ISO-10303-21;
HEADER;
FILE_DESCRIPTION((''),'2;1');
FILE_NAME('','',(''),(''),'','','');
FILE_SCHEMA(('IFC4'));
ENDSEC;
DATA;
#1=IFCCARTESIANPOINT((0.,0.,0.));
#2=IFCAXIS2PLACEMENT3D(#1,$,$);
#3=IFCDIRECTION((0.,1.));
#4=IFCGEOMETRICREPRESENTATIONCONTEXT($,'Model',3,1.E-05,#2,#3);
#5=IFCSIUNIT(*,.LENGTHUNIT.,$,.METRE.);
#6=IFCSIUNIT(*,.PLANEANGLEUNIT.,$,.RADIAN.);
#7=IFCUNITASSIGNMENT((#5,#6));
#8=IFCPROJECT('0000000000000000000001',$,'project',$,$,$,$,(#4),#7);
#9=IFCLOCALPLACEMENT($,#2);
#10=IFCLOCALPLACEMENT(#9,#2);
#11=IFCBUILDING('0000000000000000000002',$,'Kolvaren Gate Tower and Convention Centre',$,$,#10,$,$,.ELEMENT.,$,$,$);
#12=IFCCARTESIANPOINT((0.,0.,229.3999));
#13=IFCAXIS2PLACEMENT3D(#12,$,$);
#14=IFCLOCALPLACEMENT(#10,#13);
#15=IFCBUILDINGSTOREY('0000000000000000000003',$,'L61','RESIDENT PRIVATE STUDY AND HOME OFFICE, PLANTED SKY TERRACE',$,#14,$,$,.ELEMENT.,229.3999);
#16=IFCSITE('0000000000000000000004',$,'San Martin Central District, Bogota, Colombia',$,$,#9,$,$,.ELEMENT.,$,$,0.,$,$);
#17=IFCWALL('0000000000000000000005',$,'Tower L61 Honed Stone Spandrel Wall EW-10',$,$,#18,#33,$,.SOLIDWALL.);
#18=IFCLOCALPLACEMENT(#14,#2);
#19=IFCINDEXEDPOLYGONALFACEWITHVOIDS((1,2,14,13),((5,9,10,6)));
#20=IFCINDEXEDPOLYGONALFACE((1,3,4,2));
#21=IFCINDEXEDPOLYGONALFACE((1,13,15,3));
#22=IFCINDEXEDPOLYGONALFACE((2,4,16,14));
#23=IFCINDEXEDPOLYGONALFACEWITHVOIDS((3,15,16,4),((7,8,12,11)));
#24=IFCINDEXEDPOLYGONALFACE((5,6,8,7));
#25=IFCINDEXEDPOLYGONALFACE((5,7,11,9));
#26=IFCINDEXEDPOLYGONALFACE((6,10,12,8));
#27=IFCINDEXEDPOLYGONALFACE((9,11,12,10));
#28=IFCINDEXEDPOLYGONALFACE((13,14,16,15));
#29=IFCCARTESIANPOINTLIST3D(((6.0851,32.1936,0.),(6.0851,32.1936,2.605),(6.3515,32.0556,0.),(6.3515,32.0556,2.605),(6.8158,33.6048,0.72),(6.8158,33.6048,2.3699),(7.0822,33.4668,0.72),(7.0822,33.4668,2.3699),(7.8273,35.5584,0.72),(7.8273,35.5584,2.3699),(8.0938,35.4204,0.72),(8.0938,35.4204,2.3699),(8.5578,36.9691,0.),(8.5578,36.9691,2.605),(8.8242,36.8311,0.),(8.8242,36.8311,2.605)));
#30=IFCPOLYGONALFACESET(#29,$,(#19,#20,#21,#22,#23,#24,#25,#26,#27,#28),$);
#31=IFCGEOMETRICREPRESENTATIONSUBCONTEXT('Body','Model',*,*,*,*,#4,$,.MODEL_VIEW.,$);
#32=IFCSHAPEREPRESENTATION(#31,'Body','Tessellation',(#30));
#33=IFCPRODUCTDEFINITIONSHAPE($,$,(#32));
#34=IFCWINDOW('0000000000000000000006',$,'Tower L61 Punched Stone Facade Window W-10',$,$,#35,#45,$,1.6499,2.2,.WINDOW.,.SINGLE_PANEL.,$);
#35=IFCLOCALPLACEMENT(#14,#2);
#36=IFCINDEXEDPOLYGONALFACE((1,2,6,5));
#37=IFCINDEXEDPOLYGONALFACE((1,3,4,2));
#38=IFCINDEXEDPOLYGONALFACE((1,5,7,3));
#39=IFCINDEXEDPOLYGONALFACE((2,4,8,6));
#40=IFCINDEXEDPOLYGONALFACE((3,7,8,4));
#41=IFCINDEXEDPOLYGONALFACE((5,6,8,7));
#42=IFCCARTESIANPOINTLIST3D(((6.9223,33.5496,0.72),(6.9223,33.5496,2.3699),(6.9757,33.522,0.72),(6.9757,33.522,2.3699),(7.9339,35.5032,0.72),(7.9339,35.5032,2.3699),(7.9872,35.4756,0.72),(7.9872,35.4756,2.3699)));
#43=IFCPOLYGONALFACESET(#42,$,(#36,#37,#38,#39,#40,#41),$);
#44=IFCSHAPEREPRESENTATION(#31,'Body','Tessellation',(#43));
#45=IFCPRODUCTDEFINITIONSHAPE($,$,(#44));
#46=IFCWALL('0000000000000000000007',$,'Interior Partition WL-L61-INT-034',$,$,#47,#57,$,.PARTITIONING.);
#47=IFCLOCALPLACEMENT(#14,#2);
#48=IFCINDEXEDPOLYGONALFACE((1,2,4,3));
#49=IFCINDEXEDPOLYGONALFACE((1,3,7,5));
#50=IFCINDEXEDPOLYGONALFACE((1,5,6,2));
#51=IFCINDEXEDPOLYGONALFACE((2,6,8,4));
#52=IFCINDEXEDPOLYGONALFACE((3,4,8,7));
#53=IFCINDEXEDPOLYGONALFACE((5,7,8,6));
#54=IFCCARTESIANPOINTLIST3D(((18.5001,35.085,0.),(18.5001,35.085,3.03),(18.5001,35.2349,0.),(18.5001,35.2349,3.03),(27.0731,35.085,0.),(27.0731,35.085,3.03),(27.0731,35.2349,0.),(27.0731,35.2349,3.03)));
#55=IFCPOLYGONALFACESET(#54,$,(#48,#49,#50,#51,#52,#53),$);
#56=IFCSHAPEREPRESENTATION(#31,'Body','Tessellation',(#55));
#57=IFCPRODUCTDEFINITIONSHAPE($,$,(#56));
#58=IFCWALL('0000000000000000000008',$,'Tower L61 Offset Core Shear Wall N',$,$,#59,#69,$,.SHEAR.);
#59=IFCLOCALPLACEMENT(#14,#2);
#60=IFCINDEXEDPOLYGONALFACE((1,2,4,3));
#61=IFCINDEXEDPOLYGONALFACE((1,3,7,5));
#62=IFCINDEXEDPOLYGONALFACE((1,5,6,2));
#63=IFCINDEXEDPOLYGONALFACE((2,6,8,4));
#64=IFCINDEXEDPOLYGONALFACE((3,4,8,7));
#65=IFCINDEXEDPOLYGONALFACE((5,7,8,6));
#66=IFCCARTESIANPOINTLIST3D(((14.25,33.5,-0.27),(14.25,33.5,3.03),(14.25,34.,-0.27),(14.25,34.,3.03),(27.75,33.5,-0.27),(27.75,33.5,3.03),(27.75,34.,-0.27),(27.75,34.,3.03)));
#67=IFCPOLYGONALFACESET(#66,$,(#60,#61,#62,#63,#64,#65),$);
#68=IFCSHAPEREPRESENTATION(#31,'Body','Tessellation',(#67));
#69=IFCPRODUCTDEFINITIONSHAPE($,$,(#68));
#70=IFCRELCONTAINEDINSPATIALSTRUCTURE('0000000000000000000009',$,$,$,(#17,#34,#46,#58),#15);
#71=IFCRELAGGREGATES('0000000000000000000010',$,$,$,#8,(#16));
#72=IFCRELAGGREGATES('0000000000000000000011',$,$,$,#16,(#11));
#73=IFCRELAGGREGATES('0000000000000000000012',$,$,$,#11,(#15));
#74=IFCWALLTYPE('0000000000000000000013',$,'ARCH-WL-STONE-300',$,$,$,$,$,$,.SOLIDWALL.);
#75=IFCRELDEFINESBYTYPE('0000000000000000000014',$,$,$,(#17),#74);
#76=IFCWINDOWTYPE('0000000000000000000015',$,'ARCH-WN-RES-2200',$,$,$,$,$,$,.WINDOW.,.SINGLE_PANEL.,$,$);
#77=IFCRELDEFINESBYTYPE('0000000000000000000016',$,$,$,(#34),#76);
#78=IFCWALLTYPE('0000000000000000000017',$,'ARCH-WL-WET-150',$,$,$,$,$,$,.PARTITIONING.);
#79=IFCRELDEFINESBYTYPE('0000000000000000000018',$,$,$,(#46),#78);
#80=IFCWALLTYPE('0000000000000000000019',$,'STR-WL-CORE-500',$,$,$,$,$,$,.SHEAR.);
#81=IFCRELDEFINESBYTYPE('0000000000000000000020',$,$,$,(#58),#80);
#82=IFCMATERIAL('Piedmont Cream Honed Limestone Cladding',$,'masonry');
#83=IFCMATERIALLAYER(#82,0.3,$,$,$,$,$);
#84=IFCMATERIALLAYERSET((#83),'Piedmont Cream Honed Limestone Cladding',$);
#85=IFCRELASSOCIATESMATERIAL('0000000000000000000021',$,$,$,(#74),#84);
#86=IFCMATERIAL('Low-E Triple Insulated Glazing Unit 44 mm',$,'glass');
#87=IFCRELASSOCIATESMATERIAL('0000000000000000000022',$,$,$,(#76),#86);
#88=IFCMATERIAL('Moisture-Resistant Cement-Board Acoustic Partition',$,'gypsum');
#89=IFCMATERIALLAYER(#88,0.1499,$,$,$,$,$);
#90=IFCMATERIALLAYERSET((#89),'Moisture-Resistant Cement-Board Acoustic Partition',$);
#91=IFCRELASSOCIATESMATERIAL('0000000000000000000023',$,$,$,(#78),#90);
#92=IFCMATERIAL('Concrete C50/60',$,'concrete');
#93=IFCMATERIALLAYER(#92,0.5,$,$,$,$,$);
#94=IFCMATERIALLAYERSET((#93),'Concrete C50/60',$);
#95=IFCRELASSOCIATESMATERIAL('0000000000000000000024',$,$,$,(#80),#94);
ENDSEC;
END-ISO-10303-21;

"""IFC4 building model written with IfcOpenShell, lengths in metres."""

from ifc_helpers import new_model, si_unit, direction, frame, frame_2d, origin, place, context, subcontext, project, spatial, rectangle, extrude, material, layer, layer_set, type_object, element, fill, save


model = new_model("IFC4")

# Units and contexts
model_context = context("Model", 3, precision=1e-05, world=origin(), true_north=direction((0.0, 1.0)))
body_context = subcontext(model_context, "Body", "Model", "MODEL_VIEW")
ifc_project = project(units=[si_unit("LENGTHUNIT", "METRE"), si_unit("PLANEANGLEUNIT", "RADIAN")], contexts=[model_context])

# Site, building, storey
site_placement = place(None, origin())
site = spatial("IfcSite", under=ifc_project, at=site_placement, Name="San Martin Central District, Bogota, Colombia", CompositionType="ELEMENT", RefElevation=0.0)
building_placement = place(site_placement, origin())
building = spatial("IfcBuilding", under=site, at=building_placement, Name="Kolvaren Gate Tower and Convention Centre", CompositionType="ELEMENT")
storey_placement = place(building_placement, frame((0.0, 0.0, 229.3999)))
storey = spatial("IfcBuildingStorey", under=building, at=storey_placement, Name="L61", Description="RESIDENT PRIVATE STUDY AND HOME OFFICE, PLANTED SKY TERRACE", CompositionType="ELEMENT", Elevation=229.3999)

# Shared definitions
ifc_material_1 = material(Name="Piedmont Cream Honed Limestone Cladding", Category="masonry")

# Shared definitions
ifc_layer_1 = layer(ifc_material_1, 0.3)
ifc_layer_set_1 = layer_set([ifc_layer_1], Name="Piedmont Cream Honed Limestone Cladding")
wall_type_1 = type_object("IfcWallType", Name="ARCH-WL-STONE-300", PredefinedType="SOLIDWALL", material=ifc_layer_set_1)
ifc_material_2 = material(Name="Low-E Triple Insulated Glazing Unit 44 mm", Category="glass")
window_type = type_object("IfcWindowType", Name="ARCH-WN-RES-2200", PartitioningType="SINGLE_PANEL", PredefinedType="WINDOW", material=ifc_material_2)

# Wall, opening, window
wall_1_placement = place(storey_placement, frame((6.2183, 32.1245, 0.0), z_axis=(0.0, 0.0, 1.0), x_axis=(0.459808, 0.888018, 0.0)))
wall_1 = element("IfcWall", 1, at=wall_1_placement, inside=storey, type_object=wall_type_1, Name="Tower L61 Honed Stone Spandrel Wall EW-10", PredefinedType="SOLIDWALL", context=body_context, shape_type="SweptSolid", body=[
    extrude(rectangle(XDim=5.3777, YDim=0.3, at=frame_2d((2.689, 0.0))), origin(), (0.0, 0.0, 1.0), 2.605),
])
opening_1_placement = place(wall_1_placement, frame((1.5891, 0.0, 0.72)))
opening_1 = element("IfcOpeningElement", 2, at=opening_1_placement, cuts=wall_1, PredefinedType="OPENING", context=body_context, shape_type="SweptSolid", body=[
    extrude(rectangle(XDim=2.2, YDim=1.6499, at=frame_2d((1.1001, 0.825))), frame((0.0, 0.1599, 0.0), z_axis=(0.0, -1.0, 0.0), x_axis=(1.0, 0.0, 0.0)), (0.0, 0.0, 1.0), 0.3201),
])
window_1_placement = place(opening_1_placement, origin())
window_1 = element("IfcWindow", 3, at=window_1_placement, inside=storey, type_object=window_type, Name="Tower L61 Punched Stone Facade Window W-10", OverallHeight=1.6499, OverallWidth=2.2, PartitioningType="SINGLE_PANEL", PredefinedType="WINDOW", context=body_context, shape_type="SweptSolid", body=[
    extrude(rectangle(XDim=2.2, YDim=1.6499, at=frame_2d((1.1001, 0.825))), frame((0.0, 0.03, 0.0), z_axis=(0.0, -1.0, 0.0), x_axis=(1.0, 0.0, 0.0)), (0.0, 0.0, 1.0), 0.0601),
])
fill(opening_1, window_1)

# Walls
ifc_material_3 = material(Name="Moisture-Resistant Cement-Board Acoustic Partition", Category="gypsum")
ifc_layer_2 = layer(ifc_material_3, 0.1499)
ifc_layer_set_2 = layer_set([ifc_layer_2], Name="Moisture-Resistant Cement-Board Acoustic Partition")
wall_type_2 = type_object("IfcWallType", Name="ARCH-WL-WET-150", PredefinedType="PARTITIONING", material=ifc_layer_set_2)
wall_2_placement = place(storey_placement, frame((18.5, 35.1599, 0.0), z_axis=(0.0, 0.0, 1.0), x_axis=(1.0, 0.0, 0.0)))
element("IfcWall", 4, at=wall_2_placement, inside=storey, type_object=wall_type_2, Name="Interior Partition WL-L61-INT-034", PredefinedType="PARTITIONING", context=body_context, shape_type="SweptSolid", body=[
    extrude(rectangle(XDim=8.573, YDim=0.1499, at=frame_2d((4.2866, 0.0))), origin(), (0.0, 0.0, 1.0), 3.03),
])
ifc_material_4 = material(Name="Concrete C50/60", Category="concrete")
ifc_layer_3 = layer(ifc_material_4, 0.5)
ifc_layer_set_3 = layer_set([ifc_layer_3], Name="Concrete C50/60")
wall_type_3 = type_object("IfcWallType", Name="STR-WL-CORE-500", PredefinedType="SHEAR", material=ifc_layer_set_3)
wall_3_placement = place(storey_placement, frame((14.25, 33.75, -0.27), z_axis=(0.0, 0.0, 1.0), x_axis=(1.0, 0.0, 0.0)))
element("IfcWall", 5, at=wall_3_placement, inside=storey, type_object=wall_type_3, Name="Tower L61 Offset Core Shear Wall N", PredefinedType="SHEAR", context=body_context, shape_type="SweptSolid", body=[
    extrude(rectangle(XDim=13.5, YDim=0.5, at=frame_2d((6.75, 0.0))), origin(), (0.0, 0.0, 1.0), 3.3),
])

save(model, "model.ifc")
